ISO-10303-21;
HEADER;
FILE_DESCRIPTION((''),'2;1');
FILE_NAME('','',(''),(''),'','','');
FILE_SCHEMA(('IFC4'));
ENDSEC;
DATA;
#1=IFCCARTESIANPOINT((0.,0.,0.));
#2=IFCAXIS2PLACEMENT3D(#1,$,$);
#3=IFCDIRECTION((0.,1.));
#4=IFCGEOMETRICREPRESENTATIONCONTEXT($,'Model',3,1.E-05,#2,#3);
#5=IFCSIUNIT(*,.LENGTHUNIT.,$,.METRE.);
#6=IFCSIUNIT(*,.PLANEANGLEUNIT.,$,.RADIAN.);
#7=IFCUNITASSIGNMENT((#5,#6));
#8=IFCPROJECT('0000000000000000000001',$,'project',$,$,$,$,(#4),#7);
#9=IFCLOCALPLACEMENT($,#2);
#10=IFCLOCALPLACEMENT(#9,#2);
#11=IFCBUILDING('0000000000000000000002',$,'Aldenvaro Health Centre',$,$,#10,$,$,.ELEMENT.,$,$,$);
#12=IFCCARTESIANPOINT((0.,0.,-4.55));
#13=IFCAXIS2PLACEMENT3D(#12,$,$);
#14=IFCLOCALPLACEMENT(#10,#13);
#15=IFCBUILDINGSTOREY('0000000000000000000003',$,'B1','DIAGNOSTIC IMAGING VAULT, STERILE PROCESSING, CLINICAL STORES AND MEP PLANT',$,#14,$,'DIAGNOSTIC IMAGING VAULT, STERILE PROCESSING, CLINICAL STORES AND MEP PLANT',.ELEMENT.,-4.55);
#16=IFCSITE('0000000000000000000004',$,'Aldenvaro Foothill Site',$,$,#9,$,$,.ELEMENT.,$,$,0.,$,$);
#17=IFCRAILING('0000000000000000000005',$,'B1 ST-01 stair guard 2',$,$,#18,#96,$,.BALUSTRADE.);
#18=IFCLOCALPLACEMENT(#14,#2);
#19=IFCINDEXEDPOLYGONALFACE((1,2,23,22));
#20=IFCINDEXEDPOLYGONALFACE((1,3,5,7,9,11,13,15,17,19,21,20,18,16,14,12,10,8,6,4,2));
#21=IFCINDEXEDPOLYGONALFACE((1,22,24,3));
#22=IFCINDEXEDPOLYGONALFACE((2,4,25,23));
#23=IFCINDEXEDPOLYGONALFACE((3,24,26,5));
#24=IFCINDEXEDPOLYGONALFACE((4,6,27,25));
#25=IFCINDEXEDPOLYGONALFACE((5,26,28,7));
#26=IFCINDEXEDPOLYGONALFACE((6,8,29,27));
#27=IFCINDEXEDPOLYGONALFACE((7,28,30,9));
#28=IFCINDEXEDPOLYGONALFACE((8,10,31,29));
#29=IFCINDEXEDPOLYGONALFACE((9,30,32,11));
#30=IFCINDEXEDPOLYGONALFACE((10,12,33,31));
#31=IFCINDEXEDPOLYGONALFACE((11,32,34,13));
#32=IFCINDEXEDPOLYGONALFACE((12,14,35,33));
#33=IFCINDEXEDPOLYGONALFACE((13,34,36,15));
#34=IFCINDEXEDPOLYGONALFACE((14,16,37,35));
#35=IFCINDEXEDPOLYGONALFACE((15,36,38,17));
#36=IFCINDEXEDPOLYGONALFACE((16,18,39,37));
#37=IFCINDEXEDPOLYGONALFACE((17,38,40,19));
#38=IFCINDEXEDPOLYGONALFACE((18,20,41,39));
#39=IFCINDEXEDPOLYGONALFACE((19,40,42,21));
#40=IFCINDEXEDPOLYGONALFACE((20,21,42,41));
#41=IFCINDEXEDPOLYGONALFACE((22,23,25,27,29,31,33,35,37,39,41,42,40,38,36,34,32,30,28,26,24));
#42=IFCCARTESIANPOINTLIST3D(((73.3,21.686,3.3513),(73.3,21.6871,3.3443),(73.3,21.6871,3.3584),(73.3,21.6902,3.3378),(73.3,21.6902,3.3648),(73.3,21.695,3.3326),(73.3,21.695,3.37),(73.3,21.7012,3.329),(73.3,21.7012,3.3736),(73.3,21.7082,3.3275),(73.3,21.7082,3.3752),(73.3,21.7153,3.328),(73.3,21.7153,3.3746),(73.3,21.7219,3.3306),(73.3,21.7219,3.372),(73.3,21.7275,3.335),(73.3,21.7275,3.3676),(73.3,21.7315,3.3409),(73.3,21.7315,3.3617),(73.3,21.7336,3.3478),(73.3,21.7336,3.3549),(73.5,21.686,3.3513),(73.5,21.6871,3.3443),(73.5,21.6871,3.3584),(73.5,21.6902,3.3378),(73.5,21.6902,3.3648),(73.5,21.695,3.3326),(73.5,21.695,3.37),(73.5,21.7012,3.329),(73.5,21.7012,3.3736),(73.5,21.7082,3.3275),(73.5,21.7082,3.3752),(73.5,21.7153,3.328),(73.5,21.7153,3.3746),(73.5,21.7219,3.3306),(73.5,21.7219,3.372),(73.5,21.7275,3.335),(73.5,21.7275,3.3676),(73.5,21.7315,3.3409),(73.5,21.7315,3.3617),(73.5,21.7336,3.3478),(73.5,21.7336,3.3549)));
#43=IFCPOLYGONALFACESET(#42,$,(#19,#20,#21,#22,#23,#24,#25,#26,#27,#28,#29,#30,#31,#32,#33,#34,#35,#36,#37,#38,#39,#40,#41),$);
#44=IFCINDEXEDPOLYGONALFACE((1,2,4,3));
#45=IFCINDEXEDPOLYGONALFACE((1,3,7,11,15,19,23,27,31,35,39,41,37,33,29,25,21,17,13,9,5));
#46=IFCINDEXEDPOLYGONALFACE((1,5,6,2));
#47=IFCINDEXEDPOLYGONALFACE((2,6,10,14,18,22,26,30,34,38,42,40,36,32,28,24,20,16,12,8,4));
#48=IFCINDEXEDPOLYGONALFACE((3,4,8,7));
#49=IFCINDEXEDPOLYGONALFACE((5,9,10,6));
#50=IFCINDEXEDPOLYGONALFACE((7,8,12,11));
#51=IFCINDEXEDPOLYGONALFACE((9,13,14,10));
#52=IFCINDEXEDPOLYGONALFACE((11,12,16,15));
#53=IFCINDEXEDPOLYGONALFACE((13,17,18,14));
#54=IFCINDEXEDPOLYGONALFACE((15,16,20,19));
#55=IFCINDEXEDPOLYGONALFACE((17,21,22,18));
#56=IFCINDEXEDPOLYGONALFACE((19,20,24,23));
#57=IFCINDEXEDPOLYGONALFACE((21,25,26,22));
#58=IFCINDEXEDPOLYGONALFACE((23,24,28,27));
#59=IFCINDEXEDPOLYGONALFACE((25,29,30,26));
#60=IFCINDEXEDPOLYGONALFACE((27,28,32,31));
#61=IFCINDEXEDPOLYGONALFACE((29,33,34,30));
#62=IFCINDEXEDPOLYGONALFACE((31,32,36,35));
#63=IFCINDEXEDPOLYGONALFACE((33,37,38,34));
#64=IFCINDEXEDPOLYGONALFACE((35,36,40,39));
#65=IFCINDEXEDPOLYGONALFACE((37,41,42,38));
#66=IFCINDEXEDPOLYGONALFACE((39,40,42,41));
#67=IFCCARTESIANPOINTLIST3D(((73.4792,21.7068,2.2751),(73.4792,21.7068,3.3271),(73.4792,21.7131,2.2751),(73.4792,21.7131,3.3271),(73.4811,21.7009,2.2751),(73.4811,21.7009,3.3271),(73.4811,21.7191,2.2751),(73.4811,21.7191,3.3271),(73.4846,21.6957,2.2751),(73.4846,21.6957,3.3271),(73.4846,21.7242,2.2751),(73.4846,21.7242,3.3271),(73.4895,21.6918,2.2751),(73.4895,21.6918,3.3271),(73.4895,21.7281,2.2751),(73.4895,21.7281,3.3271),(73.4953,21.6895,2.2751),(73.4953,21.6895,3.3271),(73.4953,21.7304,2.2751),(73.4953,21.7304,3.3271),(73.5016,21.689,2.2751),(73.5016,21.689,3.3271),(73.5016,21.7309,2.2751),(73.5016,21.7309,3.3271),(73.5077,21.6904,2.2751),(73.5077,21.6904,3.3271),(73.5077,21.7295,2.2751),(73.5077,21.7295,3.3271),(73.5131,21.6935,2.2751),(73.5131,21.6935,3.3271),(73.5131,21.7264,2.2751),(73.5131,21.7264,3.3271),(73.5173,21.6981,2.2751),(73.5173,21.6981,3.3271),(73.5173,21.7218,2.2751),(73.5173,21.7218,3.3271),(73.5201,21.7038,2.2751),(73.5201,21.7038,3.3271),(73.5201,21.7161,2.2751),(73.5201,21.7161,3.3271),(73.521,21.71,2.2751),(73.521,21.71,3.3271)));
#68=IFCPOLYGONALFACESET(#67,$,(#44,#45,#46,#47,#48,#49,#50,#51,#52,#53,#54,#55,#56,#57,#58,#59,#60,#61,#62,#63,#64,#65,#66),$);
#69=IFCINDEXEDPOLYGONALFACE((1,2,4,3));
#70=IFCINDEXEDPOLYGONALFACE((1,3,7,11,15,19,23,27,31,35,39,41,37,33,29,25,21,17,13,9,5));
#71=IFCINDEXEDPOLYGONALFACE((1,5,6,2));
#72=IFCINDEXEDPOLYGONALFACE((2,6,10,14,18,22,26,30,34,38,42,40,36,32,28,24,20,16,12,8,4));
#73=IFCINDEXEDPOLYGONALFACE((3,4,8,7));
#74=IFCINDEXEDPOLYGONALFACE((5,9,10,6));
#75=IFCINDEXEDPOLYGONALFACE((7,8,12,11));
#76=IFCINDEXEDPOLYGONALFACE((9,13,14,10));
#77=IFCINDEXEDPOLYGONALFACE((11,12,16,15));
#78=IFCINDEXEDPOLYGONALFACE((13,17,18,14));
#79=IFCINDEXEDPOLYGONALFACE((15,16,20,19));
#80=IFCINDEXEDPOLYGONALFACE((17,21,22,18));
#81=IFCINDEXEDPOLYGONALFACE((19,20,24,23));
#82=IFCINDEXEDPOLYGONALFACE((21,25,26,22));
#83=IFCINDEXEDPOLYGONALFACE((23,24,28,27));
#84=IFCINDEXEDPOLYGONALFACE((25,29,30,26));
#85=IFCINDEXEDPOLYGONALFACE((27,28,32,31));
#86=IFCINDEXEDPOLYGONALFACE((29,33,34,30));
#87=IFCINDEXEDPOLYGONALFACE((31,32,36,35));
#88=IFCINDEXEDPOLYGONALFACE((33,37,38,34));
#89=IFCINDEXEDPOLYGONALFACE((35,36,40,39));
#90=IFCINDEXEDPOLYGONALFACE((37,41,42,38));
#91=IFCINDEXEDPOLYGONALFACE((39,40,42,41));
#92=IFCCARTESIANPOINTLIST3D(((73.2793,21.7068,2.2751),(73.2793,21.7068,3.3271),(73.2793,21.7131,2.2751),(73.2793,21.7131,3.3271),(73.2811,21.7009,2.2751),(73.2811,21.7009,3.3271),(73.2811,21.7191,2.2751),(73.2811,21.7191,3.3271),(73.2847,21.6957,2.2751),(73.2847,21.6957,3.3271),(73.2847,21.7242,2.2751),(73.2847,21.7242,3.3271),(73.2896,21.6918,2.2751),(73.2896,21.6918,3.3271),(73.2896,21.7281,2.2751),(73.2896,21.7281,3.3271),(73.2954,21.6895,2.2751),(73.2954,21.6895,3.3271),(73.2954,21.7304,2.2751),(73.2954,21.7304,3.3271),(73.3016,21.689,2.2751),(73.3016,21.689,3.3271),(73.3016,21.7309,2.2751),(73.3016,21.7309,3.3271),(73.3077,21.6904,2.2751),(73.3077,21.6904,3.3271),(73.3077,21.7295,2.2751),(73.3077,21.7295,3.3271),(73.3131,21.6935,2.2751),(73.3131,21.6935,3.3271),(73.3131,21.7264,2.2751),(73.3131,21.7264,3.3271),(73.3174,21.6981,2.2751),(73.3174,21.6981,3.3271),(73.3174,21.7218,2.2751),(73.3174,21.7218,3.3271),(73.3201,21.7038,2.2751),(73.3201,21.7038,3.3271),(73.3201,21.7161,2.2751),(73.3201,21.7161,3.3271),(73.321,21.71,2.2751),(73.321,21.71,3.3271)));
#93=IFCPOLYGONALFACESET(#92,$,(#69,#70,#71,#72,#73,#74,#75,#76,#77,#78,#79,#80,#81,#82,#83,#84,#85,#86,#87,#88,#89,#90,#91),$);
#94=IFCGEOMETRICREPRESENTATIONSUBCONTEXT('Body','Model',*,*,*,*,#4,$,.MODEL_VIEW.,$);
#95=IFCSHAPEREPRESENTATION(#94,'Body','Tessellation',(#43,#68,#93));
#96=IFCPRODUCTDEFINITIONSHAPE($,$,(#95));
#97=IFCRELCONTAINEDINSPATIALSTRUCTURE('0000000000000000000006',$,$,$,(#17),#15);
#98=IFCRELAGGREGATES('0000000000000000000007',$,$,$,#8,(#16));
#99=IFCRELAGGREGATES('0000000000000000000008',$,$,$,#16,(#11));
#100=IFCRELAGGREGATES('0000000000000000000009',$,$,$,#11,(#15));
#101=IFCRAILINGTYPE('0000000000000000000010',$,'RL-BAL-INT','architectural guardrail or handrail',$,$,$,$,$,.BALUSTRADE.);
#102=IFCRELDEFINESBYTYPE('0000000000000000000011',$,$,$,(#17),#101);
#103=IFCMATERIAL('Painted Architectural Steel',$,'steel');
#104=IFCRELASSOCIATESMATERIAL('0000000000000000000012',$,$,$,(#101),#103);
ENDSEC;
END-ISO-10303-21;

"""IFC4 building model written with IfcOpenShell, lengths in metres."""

from ifc_helpers import new_model, si_unit, direction, frame, origin, origin_2d, place, context, subcontext, project, spatial, circle, extrude, material, type_object, element, save


model = new_model("IFC4")

# Units and contexts
model_context = context("Model", 3, precision=1e-05, world=origin(), true_north=direction((0.0, 1.0)))
body_context = subcontext(model_context, "Body", "Model", "MODEL_VIEW")
ifc_project = project(units=[si_unit("LENGTHUNIT", "METRE"), si_unit("PLANEANGLEUNIT", "RADIAN")], contexts=[model_context])

# Site, building, storey
site_placement = place(None, origin())
site = spatial("IfcSite", under=ifc_project, at=site_placement, Name="Aldenvaro Foothill Site", CompositionType="ELEMENT", RefElevation=0.0)
building_placement = place(site_placement, origin())
building = spatial("IfcBuilding", under=site, at=building_placement, Name="Aldenvaro Health Centre", CompositionType="ELEMENT")
storey_placement = place(building_placement, frame((0.0, 0.0, -4.55)))
storey = spatial("IfcBuildingStorey", under=building, at=storey_placement, Name="B1", Description="DIAGNOSTIC IMAGING VAULT, STERILE PROCESSING, CLINICAL STORES AND MEP PLANT", LongName="DIAGNOSTIC IMAGING VAULT, STERILE PROCESSING, CLINICAL STORES AND MEP PLANT", CompositionType="ELEMENT", Elevation=-4.55)

# Railing
ifc_material_1 = material(Name="Painted Architectural Steel", Category="steel")
railing_type_1 = type_object("IfcRailingType", Name="RL-BAL-INT", Description="architectural guardrail or handrail", PredefinedType="BALUSTRADE", material=ifc_material_1)
railing_1_placement = place(storey_placement, frame((73.5, 21.71, 2.2751)))
element("IfcRailing", 1, at=railing_1_placement, inside=storey, type_object=railing_type_1, Name="B1 ST-01 stair guard 2", PredefinedType="BALUSTRADE", context=body_context, shape_type="SweptSolid", body=[
    extrude(circle(Radius=0.0239, at=origin_2d()), frame((0.0, 0.0, 1.0762), z_axis=(-1.0, 0.0, 0.0), x_axis=(0.0, -1.0, 0.0)), (0.0, 0.0, 1.0), 0.2),
    extrude(circle(Radius=0.021, at=origin_2d()), origin(), (0.0, 0.0, 1.0), 1.052),
    extrude(circle(Radius=0.021, at=origin_2d()), frame((-0.2, 0.0, 0.0)), (0.0, 0.0, 1.0), 1.052),
])

save(model, "model.ifc")
